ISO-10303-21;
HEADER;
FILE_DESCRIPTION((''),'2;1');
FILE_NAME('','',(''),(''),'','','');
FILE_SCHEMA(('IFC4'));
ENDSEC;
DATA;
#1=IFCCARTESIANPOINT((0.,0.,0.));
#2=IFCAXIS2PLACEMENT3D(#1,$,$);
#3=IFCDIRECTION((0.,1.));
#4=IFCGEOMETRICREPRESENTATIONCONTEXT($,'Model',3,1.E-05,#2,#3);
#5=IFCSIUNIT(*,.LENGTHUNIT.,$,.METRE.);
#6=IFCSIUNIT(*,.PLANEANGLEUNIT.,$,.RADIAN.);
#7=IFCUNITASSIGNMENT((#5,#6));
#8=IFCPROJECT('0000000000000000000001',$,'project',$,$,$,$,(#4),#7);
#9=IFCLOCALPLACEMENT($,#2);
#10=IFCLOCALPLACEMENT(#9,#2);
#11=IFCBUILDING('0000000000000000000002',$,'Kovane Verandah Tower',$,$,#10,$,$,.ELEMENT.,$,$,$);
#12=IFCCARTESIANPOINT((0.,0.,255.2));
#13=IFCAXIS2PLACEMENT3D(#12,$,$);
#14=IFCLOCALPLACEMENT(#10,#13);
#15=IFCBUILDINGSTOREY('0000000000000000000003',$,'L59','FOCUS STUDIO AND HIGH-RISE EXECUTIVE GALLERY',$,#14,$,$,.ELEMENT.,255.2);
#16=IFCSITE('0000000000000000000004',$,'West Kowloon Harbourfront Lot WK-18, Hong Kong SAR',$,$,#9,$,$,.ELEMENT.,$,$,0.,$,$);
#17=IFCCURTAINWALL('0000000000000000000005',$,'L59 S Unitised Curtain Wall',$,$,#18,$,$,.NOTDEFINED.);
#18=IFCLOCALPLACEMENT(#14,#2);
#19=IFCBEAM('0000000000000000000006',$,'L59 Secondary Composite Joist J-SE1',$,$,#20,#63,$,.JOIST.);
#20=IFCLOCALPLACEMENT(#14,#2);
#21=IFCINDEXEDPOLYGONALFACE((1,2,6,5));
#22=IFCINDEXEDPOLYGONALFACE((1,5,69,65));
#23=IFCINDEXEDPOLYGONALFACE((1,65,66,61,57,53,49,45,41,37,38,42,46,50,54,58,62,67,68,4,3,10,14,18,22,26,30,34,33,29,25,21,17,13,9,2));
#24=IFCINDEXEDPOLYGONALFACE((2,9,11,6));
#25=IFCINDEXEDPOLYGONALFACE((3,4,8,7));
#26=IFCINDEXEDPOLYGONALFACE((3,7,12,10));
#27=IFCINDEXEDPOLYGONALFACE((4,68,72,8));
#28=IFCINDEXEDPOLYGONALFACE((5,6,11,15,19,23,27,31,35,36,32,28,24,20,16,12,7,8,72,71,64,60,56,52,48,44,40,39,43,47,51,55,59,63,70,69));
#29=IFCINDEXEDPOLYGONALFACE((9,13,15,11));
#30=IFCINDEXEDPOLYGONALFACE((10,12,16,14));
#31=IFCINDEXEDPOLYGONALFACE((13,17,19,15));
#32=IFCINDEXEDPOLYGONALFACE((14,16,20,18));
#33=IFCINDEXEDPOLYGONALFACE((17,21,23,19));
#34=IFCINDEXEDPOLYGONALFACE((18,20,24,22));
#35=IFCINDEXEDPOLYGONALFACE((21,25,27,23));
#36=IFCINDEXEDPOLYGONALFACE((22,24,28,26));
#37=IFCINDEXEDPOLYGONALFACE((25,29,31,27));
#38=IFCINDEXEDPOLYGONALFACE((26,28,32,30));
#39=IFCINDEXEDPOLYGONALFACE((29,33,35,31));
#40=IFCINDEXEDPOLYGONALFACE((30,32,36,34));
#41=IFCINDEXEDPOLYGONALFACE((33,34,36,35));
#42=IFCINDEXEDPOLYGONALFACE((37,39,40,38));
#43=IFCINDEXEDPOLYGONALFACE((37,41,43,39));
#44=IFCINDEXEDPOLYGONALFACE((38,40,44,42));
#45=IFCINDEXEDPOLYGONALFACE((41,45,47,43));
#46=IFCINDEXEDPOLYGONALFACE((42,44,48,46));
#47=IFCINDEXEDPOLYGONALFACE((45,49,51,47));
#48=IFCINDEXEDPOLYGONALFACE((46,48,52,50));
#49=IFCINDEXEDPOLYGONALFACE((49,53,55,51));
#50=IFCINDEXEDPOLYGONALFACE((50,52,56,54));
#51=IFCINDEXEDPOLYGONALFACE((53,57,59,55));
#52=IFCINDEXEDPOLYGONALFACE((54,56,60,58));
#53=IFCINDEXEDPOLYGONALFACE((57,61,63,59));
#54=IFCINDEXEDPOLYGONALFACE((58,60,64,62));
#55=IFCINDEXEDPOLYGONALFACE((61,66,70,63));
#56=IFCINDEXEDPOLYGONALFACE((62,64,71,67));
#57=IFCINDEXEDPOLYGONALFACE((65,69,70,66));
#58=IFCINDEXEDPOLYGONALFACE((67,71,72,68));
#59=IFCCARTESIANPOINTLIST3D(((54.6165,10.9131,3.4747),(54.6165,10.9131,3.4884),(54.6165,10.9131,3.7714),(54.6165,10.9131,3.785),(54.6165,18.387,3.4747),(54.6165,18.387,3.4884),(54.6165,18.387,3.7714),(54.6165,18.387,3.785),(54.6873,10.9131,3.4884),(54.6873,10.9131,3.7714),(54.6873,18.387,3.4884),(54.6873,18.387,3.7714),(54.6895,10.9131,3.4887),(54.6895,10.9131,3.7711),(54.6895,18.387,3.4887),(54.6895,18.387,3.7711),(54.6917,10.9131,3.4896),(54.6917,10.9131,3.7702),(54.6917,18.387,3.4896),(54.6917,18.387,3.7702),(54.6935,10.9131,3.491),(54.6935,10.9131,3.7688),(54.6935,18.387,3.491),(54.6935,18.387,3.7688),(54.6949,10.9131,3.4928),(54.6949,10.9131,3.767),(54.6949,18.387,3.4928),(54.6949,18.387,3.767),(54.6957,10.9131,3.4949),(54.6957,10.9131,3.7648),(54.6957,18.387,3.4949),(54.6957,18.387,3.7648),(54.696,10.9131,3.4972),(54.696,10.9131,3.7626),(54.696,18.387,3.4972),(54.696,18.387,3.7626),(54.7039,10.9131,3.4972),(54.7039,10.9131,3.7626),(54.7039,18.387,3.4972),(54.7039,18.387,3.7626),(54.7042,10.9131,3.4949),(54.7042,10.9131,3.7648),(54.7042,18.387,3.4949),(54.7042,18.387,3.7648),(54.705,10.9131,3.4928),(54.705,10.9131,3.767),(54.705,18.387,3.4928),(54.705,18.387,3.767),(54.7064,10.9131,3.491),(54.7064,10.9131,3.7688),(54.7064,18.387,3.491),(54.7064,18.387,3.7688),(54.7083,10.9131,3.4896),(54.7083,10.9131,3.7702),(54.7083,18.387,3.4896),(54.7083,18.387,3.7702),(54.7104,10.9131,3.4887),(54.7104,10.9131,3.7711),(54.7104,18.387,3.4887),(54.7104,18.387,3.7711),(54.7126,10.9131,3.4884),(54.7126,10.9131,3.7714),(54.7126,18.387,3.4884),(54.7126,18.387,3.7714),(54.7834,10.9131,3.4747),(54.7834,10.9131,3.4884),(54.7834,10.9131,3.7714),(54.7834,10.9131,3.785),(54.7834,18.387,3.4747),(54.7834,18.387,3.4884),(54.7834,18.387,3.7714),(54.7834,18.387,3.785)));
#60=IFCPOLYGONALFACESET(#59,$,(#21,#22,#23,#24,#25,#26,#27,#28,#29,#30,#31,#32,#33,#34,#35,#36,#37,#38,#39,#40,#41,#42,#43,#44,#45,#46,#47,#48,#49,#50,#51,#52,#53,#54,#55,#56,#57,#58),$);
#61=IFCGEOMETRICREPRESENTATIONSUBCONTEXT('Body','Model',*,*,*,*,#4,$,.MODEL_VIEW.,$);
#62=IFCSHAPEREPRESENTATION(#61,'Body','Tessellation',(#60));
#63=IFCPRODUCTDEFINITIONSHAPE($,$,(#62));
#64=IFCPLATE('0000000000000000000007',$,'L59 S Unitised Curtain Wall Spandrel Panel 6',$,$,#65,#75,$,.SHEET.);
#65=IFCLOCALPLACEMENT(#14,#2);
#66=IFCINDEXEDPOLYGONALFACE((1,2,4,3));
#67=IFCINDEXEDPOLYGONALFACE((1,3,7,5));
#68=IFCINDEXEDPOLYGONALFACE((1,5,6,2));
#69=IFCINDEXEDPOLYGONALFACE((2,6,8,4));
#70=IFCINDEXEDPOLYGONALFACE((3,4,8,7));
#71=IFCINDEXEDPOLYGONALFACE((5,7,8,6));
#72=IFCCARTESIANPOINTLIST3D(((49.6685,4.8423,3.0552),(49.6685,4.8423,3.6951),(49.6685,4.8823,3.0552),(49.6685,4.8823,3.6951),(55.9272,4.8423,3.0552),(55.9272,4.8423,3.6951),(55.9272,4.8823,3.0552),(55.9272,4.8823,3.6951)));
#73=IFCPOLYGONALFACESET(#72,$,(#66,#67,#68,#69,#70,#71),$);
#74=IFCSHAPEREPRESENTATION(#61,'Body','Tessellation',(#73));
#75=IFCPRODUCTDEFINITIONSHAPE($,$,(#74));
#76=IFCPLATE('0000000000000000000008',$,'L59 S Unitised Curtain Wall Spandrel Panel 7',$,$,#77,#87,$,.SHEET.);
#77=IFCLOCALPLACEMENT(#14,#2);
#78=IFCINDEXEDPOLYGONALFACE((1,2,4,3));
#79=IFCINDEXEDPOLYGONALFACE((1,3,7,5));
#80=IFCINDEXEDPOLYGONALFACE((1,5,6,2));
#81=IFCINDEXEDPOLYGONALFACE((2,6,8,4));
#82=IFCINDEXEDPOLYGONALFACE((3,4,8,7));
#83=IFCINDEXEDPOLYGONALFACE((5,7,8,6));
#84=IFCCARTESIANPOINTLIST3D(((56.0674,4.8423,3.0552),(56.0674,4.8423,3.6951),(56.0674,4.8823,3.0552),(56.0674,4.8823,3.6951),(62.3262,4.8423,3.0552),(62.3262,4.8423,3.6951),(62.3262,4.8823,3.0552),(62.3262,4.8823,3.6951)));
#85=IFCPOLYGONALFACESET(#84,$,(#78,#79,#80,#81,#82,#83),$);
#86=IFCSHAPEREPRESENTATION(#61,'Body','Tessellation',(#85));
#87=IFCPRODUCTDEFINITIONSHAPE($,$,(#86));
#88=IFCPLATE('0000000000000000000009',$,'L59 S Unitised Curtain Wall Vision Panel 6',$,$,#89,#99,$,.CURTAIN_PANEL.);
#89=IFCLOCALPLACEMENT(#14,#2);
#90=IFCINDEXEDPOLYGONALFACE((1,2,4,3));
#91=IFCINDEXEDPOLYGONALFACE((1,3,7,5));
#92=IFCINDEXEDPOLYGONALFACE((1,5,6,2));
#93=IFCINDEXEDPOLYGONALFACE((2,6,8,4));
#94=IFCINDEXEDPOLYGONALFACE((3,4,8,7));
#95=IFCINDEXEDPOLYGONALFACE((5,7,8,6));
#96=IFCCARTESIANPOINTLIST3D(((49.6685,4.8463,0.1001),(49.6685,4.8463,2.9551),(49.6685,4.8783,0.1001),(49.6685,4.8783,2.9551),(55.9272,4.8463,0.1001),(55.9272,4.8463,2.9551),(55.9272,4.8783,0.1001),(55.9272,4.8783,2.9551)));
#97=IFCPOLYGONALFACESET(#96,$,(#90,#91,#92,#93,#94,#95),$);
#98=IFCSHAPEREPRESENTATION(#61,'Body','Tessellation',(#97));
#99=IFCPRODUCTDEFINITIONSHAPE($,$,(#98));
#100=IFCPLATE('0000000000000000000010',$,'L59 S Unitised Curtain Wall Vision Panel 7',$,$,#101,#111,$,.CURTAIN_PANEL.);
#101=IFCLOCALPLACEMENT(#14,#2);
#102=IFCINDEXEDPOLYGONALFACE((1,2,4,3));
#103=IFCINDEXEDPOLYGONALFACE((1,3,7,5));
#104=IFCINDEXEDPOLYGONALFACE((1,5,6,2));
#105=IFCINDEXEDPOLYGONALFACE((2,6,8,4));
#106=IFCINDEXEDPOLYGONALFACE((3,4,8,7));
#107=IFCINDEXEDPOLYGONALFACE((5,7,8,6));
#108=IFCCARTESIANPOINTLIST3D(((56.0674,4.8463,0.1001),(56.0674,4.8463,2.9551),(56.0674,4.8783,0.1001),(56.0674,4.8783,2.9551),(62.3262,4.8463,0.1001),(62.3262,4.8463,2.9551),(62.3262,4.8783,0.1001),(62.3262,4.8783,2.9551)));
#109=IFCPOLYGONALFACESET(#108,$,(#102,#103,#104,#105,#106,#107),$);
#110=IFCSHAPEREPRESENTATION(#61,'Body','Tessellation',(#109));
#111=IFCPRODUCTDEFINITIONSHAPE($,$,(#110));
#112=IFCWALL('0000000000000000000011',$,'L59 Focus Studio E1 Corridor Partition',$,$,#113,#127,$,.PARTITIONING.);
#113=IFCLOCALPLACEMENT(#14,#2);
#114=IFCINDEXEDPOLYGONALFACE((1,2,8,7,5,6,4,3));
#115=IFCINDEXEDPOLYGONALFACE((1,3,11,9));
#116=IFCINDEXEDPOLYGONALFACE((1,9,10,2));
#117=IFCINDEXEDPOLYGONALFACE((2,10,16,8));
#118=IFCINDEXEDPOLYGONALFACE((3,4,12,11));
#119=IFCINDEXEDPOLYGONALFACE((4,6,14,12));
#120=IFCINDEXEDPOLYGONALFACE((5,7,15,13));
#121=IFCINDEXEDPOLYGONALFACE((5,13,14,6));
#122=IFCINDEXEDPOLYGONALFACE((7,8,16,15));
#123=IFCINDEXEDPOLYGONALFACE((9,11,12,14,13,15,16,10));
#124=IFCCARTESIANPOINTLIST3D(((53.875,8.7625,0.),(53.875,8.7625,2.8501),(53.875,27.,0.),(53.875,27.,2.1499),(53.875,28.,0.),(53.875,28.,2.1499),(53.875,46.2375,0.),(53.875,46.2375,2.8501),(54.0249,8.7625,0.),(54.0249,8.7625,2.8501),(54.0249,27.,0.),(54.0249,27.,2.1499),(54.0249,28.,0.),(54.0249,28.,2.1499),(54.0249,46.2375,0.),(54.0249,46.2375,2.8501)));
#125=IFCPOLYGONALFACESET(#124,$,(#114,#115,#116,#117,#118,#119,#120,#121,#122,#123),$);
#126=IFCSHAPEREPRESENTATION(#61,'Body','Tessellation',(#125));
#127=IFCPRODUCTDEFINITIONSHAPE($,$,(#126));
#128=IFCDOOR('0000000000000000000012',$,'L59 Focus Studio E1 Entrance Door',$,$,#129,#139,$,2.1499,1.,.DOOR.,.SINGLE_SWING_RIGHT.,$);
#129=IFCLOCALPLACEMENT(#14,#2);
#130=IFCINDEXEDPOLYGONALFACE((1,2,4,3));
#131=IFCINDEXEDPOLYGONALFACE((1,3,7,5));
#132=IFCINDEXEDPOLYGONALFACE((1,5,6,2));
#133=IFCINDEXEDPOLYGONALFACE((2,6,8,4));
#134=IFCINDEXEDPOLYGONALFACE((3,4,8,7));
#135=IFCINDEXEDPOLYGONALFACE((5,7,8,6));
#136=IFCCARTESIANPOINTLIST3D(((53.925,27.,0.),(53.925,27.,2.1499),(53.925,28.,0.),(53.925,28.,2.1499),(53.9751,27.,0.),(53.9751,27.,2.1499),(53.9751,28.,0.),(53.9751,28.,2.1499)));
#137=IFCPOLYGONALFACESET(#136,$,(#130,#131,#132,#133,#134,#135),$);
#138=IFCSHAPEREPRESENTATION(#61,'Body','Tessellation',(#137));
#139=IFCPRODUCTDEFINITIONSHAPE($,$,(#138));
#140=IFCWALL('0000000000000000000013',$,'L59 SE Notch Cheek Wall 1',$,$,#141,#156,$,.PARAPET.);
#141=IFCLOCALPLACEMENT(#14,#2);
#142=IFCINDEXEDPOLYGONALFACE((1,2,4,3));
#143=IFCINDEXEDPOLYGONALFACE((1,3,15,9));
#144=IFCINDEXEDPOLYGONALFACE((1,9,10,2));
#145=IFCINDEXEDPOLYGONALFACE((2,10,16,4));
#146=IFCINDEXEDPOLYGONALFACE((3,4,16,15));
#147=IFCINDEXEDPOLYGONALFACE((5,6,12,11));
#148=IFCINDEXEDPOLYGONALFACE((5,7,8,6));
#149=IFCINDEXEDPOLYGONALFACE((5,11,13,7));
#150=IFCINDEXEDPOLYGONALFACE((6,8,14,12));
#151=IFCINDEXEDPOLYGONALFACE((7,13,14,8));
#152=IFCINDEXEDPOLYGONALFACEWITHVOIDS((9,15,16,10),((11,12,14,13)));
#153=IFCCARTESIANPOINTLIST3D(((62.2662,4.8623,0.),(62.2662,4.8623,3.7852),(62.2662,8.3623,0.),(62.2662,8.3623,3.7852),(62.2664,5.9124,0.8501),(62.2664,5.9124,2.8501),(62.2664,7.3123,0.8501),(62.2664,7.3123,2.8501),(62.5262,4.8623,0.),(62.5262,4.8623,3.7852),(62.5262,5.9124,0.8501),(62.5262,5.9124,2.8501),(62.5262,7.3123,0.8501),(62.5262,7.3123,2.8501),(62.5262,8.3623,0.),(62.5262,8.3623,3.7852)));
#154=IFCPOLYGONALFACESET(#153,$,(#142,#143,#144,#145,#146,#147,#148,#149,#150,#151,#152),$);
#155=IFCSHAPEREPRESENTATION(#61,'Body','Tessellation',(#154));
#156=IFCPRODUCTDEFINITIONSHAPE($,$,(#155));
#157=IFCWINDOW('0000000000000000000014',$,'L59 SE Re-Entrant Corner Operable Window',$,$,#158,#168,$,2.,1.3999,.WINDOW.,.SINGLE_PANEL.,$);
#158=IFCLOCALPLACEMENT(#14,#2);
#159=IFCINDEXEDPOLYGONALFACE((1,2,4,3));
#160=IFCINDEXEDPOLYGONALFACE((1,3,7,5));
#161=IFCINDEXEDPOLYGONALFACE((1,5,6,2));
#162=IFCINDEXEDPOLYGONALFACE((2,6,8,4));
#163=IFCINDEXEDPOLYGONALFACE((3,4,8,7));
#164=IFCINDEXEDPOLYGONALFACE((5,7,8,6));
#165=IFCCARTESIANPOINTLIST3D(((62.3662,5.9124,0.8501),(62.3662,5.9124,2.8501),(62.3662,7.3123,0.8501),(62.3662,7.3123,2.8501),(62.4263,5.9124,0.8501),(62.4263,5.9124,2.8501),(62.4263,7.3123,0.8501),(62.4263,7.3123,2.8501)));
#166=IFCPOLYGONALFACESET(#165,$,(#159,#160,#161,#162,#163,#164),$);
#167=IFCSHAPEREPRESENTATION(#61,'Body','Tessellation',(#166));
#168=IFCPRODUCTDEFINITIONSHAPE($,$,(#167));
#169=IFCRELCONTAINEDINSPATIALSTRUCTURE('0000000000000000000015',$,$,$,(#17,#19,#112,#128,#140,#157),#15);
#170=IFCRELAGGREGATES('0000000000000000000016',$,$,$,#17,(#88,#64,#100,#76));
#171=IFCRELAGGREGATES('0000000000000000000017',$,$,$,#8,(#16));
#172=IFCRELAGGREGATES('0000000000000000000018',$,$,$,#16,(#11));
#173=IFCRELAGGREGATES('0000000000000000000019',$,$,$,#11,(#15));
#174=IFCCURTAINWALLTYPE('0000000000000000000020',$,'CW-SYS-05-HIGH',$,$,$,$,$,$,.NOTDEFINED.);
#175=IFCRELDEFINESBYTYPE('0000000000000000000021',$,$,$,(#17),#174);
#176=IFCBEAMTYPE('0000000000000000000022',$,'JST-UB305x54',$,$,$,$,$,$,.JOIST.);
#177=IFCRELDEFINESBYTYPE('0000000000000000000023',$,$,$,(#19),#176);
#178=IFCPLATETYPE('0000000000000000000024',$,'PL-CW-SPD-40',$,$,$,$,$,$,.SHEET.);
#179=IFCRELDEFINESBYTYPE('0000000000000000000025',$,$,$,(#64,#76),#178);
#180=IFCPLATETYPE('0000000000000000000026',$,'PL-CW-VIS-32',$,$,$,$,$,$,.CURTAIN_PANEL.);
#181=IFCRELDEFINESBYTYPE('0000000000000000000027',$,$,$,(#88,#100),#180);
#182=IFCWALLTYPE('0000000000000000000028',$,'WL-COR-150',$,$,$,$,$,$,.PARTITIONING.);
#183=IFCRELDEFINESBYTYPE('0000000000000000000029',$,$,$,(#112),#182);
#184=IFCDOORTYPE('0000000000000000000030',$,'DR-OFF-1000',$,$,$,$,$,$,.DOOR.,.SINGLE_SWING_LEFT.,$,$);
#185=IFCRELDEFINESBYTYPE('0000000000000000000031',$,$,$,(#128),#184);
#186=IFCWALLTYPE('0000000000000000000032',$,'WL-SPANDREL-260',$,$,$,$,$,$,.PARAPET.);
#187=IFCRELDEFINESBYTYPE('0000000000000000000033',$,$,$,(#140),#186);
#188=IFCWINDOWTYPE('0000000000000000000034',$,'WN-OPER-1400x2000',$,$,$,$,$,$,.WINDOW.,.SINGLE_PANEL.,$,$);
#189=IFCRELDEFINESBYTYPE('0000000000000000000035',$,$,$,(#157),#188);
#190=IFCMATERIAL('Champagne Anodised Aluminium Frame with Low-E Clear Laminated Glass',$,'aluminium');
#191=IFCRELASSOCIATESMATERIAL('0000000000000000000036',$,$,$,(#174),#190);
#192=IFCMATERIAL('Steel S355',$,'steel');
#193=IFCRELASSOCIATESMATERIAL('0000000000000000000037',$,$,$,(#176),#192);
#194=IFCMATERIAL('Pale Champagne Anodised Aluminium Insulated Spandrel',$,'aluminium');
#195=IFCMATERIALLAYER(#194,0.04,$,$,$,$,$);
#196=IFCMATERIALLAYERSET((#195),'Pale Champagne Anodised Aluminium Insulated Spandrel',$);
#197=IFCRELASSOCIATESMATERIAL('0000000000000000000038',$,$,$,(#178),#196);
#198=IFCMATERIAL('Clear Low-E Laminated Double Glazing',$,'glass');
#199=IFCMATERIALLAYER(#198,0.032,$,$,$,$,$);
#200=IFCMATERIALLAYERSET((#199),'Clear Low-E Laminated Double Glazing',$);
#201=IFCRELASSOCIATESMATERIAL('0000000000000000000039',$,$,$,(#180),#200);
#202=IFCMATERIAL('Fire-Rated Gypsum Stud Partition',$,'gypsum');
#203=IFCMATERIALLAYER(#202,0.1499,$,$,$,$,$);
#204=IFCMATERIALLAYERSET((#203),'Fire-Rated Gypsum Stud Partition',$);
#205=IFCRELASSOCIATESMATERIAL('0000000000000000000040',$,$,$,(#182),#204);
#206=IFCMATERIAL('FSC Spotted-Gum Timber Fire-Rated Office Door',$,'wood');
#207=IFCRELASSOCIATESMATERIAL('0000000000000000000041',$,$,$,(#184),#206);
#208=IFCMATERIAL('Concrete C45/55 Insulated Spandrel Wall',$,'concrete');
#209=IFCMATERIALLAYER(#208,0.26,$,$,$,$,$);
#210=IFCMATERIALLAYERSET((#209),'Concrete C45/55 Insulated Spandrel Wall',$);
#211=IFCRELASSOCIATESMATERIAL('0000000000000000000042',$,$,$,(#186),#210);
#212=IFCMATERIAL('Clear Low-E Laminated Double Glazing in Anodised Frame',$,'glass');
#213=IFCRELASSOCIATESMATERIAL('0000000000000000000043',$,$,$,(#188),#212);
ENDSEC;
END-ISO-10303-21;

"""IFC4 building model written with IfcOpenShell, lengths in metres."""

from ifc_helpers import new_model, si_unit, direction, frame, frame_2d, origin, origin_2d, place, context, subcontext, project, spatial, rectangle, i_section, extrude, material, layer, layer_set, material_profile, profile_set, type_object, element, fill, aggregate, save


model = new_model("IFC4")

# Units and contexts
model_context = context("Model", 3, precision=1e-05, world=origin(), true_north=direction((0.0, 1.0)))
body_context = subcontext(model_context, "Body", "Model", "MODEL_VIEW")
ifc_project = project(units=[si_unit("LENGTHUNIT", "METRE"), si_unit("PLANEANGLEUNIT", "RADIAN")], contexts=[model_context])

# Site, building, storey
site_placement = place(None, origin())
site = spatial("IfcSite", under=ifc_project, at=site_placement, Name="West Kowloon Harbourfront Lot WK-18, Hong Kong SAR", CompositionType="ELEMENT", RefElevation=0.0)
building_placement = place(site_placement, origin())
building = spatial("IfcBuilding", under=site, at=building_placement, Name="Kovane Verandah Tower", CompositionType="ELEMENT")
storey_placement = place(building_placement, frame((0.0, 0.0, 255.2)))
storey = spatial("IfcBuildingStorey", under=building, at=storey_placement, Name="L59", Description="FOCUS STUDIO AND HIGH-RISE EXECUTIVE GALLERY", CompositionType="ELEMENT", Elevation=255.2)

# Shared definitions
ifc_material_1 = material(Name="Steel S355", Category="steel")

# Curtain wall
ifc_material_2 = material(Name="Champagne Anodised Aluminium Frame with Low-E Clear Laminated Glass", Category="aluminium")
curtain_wall_type = type_object("IfcCurtainWallType", Name="CW-SYS-05-HIGH", PredefinedType="NOTDEFINED", material=ifc_material_2)
curtain_wall_placement = place(storey_placement, origin())
curtain_wall = element("IfcCurtainWall", 1, at=curtain_wall_placement, inside=storey, type_object=curtain_wall_type, Name="L59 S Unitised Curtain Wall", PredefinedType="NOTDEFINED")

# Beam
ifc_material_profile_1 = material_profile(ifc_material_1, i_section(OverallWidth=0.167, OverallDepth=0.3103, WebThickness=0.0078, FlangeThickness=0.0137, FilletRadius=0.0088, at=origin_2d()), Name="UB305x165x54")
ifc_profile_set_1 = profile_set([ifc_material_profile_1], Name="Steel S355")
beam_type_1 = type_object("IfcBeamType", Name="JST-UB305x54", PredefinedType="JOIST", material=ifc_profile_set_1)
beam_1_placement = place(storey_placement, frame((54.7, 10.9131, 3.6299), z_axis=(0.0, 1.0, 0.0), x_axis=(-1.0, 0.0, 0.0)))
element("IfcBeam", 2, at=beam_1_placement, inside=storey, type_object=beam_type_1, Name="L59 Secondary Composite Joist J-SE1", PredefinedType="JOIST", context=body_context, shape_type="SweptSolid", body=[
    extrude(i_section(OverallWidth=0.167, OverallDepth=0.3103, WebThickness=0.0078, FlangeThickness=0.0137, FilletRadius=0.0088, at=origin_2d()), origin(), (0.0, 0.0, 1.0), 7.4739),
])

# Plates
ifc_material_3 = material(Name="Pale Champagne Anodised Aluminium Insulated Spandrel", Category="aluminium")
ifc_layer_1 = layer(ifc_material_3, 0.04)
ifc_layer_set_1 = layer_set([ifc_layer_1], Name="Pale Champagne Anodised Aluminium Insulated Spandrel")
plate_type_1 = type_object("IfcPlateType", Name="PL-CW-SPD-40", PredefinedType="SHEET", material=ifc_layer_set_1)
plate_1_placement = place(storey_placement, frame((52.7979, 4.8623, 3.0552), z_axis=(0.0, 0.0, 1.0), x_axis=(1.0, 0.0, 0.0)))
plate_1 = element("IfcPlate", 3, at=plate_1_placement, type_object=plate_type_1, Name="L59 S Unitised Curtain Wall Spandrel Panel 6", PredefinedType="SHEET", context=body_context, shape_type="SweptSolid", body=[
    extrude(rectangle(XDim=6.2588, YDim=0.04, at=origin_2d()), origin(), (0.0, 0.0, 1.0), 0.6399),
])
plate_2_placement = place(storey_placement, frame((59.1968, 4.8623, 3.0552), z_axis=(0.0, 0.0, 1.0), x_axis=(1.0, 0.0, 0.0)))
plate_2 = element("IfcPlate", 4, at=plate_2_placement, type_object=plate_type_1, Name="L59 S Unitised Curtain Wall Spandrel Panel 7", PredefinedType="SHEET", context=body_context, shape_type="SweptSolid", body=[
    extrude(rectangle(XDim=6.2588, YDim=0.04, at=origin_2d()), origin(), (0.0, 0.0, 1.0), 0.6399),
])
ifc_material_4 = material(Name="Clear Low-E Laminated Double Glazing", Category="glass")
ifc_layer_2 = layer(ifc_material_4, 0.032)
ifc_layer_set_2 = layer_set([ifc_layer_2], Name="Clear Low-E Laminated Double Glazing")
plate_type_2 = type_object("IfcPlateType", Name="PL-CW-VIS-32", PredefinedType="CURTAIN_PANEL", material=ifc_layer_set_2)
plate_3_placement = place(storey_placement, frame((52.7979, 4.8623, 0.1001), z_axis=(0.0, 0.0, 1.0), x_axis=(1.0, 0.0, 0.0)))
plate_3 = element("IfcPlate", 5, at=plate_3_placement, type_object=plate_type_2, Name="L59 S Unitised Curtain Wall Vision Panel 6", PredefinedType="CURTAIN_PANEL", context=body_context, shape_type="SweptSolid", body=[
    extrude(rectangle(XDim=6.2588, YDim=0.032, at=origin_2d()), origin(), (0.0, 0.0, 1.0), 2.855),
])
plate_4_placement = place(storey_placement, frame((59.1968, 4.8623, 0.1001), z_axis=(0.0, 0.0, 1.0), x_axis=(1.0, 0.0, 0.0)))
plate_4 = element("IfcPlate", 6, at=plate_4_placement, type_object=plate_type_2, Name="L59 S Unitised Curtain Wall Vision Panel 7", PredefinedType="CURTAIN_PANEL", context=body_context, shape_type="SweptSolid", body=[
    extrude(rectangle(XDim=6.2588, YDim=0.032, at=origin_2d()), origin(), (0.0, 0.0, 1.0), 2.855),
])
aggregate(curtain_wall, [plate_3, plate_1, plate_4, plate_2])

# Wall, opening, door
ifc_material_5 = material(Name="Fire-Rated Gypsum Stud Partition", Category="gypsum")
ifc_layer_3 = layer(ifc_material_5, 0.1499)
ifc_layer_set_3 = layer_set([ifc_layer_3], Name="Fire-Rated Gypsum Stud Partition")
wall_type_1 = type_object("IfcWallType", Name="WL-COR-150", PredefinedType="PARTITIONING", material=ifc_layer_set_3)
wall_1_placement = place(storey_placement, frame((53.95, 8.7625, 0.0), z_axis=(0.0, 0.0, 1.0), x_axis=(0.0, 1.0, 0.0)))
wall_1 = element("IfcWall", 7, at=wall_1_placement, inside=storey, type_object=wall_type_1, Name="L59 Focus Studio E1 Corridor Partition", PredefinedType="PARTITIONING", context=body_context, shape_type="SweptSolid", body=[
    extrude(rectangle(XDim=37.4751, YDim=0.1499, at=frame_2d((18.7375, 0.0))), origin(), (0.0, 0.0, 1.0), 2.8501),
])
opening_1_placement = place(wall_1_placement, frame((18.2375, 0.0, 0.0)))
opening_1 = element("IfcOpeningElement", 8, at=opening_1_placement, cuts=wall_1, PredefinedType="OPENING", context=body_context, shape_type="SweptSolid", body=[
    extrude(rectangle(XDim=1.0, YDim=2.1499, at=frame_2d((0.5, 1.075))), frame((0.0, 0.075, 0.0), z_axis=(0.0, -1.0, 0.0), x_axis=(1.0, 0.0, 0.0)), (0.0, 0.0, 1.0), 0.1499),
])
ifc_material_6 = material(Name="FSC Spotted-Gum Timber Fire-Rated Office Door", Category="wood")
door_type = type_object("IfcDoorType", Name="DR-OFF-1000", OperationType="SINGLE_SWING_LEFT", PredefinedType="DOOR", material=ifc_material_6)
door_placement = place(opening_1_placement, origin())
door = element("IfcDoor", 9, at=door_placement, inside=storey, type_object=door_type, Name="L59 Focus Studio E1 Entrance Door", OperationType="SINGLE_SWING_RIGHT", OverallHeight=2.1499, OverallWidth=1.0, PredefinedType="DOOR", context=body_context, shape_type="SweptSolid", body=[
    extrude(rectangle(XDim=1.0, YDim=2.1499, at=frame_2d((0.5, 1.075))), frame((0.0, 0.0249, 0.0), z_axis=(0.0, -1.0, 0.0), x_axis=(1.0, 0.0, 0.0)), (0.0, 0.0, 1.0), 0.05),
])
fill(opening_1, door)

# Wall, opening, window
ifc_material_7 = material(Name="Concrete C45/55 Insulated Spandrel Wall", Category="concrete")
ifc_layer_4 = layer(ifc_material_7, 0.26)
ifc_layer_set_4 = layer_set([ifc_layer_4], Name="Concrete C45/55 Insulated Spandrel Wall")
wall_type_2 = type_object("IfcWallType", Name="WL-SPANDREL-260", PredefinedType="PARAPET", material=ifc_layer_set_4)
wall_2_placement = place(storey_placement, frame((62.3962, 4.8623, 0.0), z_axis=(0.0, 0.0, 1.0), x_axis=(0.0, 1.0, 0.0)))
wall_2 = element("IfcWall", 10, at=wall_2_placement, inside=storey, type_object=wall_type_2, Name="L59 SE Notch Cheek Wall 1", PredefinedType="PARAPET", context=body_context, shape_type="SweptSolid", body=[
    extrude(rectangle(XDim=3.5, YDim=0.26, at=frame_2d((1.75, 0.0))), origin(), (0.0, 0.0, 1.0), 3.7852),
])
opening_2_placement = place(wall_2_placement, frame((1.05, 0.0, 0.8501)))
opening_2 = element("IfcOpeningElement", 11, at=opening_2_placement, cuts=wall_2, PredefinedType="OPENING", context=body_context, shape_type="SweptSolid", body=[
    extrude(rectangle(XDim=1.3999, YDim=2.0, at=frame_2d((0.7, 1.0))), frame((0.0, 0.1299, 0.0), z_axis=(0.0, -1.0, 0.0), x_axis=(1.0, 0.0, 0.0)), (0.0, 0.0, 1.0), 0.26),
])
ifc_material_8 = material(Name="Clear Low-E Laminated Double Glazing in Anodised Frame", Category="glass")
window_type = type_object("IfcWindowType", Name="WN-OPER-1400x2000", PartitioningType="SINGLE_PANEL", PredefinedType="WINDOW", material=ifc_material_8)
window_placement = place(opening_2_placement, origin())
window = element("IfcWindow", 12, at=window_placement, inside=storey, type_object=window_type, Name="L59 SE Re-Entrant Corner Operable Window", OverallHeight=2.0, OverallWidth=1.3999, PartitioningType="SINGLE_PANEL", PredefinedType="WINDOW", context=body_context, shape_type="SweptSolid", body=[
    extrude(rectangle(XDim=1.3999, YDim=2.0, at=frame_2d((0.7, 1.0))), frame((0.0, 0.03, 0.0), z_axis=(0.0, -1.0, 0.0), x_axis=(1.0, 0.0, 0.0)), (0.0, 0.0, 1.0), 0.0601),
])
fill(opening_2, window)

save(model, "model.ifc")
